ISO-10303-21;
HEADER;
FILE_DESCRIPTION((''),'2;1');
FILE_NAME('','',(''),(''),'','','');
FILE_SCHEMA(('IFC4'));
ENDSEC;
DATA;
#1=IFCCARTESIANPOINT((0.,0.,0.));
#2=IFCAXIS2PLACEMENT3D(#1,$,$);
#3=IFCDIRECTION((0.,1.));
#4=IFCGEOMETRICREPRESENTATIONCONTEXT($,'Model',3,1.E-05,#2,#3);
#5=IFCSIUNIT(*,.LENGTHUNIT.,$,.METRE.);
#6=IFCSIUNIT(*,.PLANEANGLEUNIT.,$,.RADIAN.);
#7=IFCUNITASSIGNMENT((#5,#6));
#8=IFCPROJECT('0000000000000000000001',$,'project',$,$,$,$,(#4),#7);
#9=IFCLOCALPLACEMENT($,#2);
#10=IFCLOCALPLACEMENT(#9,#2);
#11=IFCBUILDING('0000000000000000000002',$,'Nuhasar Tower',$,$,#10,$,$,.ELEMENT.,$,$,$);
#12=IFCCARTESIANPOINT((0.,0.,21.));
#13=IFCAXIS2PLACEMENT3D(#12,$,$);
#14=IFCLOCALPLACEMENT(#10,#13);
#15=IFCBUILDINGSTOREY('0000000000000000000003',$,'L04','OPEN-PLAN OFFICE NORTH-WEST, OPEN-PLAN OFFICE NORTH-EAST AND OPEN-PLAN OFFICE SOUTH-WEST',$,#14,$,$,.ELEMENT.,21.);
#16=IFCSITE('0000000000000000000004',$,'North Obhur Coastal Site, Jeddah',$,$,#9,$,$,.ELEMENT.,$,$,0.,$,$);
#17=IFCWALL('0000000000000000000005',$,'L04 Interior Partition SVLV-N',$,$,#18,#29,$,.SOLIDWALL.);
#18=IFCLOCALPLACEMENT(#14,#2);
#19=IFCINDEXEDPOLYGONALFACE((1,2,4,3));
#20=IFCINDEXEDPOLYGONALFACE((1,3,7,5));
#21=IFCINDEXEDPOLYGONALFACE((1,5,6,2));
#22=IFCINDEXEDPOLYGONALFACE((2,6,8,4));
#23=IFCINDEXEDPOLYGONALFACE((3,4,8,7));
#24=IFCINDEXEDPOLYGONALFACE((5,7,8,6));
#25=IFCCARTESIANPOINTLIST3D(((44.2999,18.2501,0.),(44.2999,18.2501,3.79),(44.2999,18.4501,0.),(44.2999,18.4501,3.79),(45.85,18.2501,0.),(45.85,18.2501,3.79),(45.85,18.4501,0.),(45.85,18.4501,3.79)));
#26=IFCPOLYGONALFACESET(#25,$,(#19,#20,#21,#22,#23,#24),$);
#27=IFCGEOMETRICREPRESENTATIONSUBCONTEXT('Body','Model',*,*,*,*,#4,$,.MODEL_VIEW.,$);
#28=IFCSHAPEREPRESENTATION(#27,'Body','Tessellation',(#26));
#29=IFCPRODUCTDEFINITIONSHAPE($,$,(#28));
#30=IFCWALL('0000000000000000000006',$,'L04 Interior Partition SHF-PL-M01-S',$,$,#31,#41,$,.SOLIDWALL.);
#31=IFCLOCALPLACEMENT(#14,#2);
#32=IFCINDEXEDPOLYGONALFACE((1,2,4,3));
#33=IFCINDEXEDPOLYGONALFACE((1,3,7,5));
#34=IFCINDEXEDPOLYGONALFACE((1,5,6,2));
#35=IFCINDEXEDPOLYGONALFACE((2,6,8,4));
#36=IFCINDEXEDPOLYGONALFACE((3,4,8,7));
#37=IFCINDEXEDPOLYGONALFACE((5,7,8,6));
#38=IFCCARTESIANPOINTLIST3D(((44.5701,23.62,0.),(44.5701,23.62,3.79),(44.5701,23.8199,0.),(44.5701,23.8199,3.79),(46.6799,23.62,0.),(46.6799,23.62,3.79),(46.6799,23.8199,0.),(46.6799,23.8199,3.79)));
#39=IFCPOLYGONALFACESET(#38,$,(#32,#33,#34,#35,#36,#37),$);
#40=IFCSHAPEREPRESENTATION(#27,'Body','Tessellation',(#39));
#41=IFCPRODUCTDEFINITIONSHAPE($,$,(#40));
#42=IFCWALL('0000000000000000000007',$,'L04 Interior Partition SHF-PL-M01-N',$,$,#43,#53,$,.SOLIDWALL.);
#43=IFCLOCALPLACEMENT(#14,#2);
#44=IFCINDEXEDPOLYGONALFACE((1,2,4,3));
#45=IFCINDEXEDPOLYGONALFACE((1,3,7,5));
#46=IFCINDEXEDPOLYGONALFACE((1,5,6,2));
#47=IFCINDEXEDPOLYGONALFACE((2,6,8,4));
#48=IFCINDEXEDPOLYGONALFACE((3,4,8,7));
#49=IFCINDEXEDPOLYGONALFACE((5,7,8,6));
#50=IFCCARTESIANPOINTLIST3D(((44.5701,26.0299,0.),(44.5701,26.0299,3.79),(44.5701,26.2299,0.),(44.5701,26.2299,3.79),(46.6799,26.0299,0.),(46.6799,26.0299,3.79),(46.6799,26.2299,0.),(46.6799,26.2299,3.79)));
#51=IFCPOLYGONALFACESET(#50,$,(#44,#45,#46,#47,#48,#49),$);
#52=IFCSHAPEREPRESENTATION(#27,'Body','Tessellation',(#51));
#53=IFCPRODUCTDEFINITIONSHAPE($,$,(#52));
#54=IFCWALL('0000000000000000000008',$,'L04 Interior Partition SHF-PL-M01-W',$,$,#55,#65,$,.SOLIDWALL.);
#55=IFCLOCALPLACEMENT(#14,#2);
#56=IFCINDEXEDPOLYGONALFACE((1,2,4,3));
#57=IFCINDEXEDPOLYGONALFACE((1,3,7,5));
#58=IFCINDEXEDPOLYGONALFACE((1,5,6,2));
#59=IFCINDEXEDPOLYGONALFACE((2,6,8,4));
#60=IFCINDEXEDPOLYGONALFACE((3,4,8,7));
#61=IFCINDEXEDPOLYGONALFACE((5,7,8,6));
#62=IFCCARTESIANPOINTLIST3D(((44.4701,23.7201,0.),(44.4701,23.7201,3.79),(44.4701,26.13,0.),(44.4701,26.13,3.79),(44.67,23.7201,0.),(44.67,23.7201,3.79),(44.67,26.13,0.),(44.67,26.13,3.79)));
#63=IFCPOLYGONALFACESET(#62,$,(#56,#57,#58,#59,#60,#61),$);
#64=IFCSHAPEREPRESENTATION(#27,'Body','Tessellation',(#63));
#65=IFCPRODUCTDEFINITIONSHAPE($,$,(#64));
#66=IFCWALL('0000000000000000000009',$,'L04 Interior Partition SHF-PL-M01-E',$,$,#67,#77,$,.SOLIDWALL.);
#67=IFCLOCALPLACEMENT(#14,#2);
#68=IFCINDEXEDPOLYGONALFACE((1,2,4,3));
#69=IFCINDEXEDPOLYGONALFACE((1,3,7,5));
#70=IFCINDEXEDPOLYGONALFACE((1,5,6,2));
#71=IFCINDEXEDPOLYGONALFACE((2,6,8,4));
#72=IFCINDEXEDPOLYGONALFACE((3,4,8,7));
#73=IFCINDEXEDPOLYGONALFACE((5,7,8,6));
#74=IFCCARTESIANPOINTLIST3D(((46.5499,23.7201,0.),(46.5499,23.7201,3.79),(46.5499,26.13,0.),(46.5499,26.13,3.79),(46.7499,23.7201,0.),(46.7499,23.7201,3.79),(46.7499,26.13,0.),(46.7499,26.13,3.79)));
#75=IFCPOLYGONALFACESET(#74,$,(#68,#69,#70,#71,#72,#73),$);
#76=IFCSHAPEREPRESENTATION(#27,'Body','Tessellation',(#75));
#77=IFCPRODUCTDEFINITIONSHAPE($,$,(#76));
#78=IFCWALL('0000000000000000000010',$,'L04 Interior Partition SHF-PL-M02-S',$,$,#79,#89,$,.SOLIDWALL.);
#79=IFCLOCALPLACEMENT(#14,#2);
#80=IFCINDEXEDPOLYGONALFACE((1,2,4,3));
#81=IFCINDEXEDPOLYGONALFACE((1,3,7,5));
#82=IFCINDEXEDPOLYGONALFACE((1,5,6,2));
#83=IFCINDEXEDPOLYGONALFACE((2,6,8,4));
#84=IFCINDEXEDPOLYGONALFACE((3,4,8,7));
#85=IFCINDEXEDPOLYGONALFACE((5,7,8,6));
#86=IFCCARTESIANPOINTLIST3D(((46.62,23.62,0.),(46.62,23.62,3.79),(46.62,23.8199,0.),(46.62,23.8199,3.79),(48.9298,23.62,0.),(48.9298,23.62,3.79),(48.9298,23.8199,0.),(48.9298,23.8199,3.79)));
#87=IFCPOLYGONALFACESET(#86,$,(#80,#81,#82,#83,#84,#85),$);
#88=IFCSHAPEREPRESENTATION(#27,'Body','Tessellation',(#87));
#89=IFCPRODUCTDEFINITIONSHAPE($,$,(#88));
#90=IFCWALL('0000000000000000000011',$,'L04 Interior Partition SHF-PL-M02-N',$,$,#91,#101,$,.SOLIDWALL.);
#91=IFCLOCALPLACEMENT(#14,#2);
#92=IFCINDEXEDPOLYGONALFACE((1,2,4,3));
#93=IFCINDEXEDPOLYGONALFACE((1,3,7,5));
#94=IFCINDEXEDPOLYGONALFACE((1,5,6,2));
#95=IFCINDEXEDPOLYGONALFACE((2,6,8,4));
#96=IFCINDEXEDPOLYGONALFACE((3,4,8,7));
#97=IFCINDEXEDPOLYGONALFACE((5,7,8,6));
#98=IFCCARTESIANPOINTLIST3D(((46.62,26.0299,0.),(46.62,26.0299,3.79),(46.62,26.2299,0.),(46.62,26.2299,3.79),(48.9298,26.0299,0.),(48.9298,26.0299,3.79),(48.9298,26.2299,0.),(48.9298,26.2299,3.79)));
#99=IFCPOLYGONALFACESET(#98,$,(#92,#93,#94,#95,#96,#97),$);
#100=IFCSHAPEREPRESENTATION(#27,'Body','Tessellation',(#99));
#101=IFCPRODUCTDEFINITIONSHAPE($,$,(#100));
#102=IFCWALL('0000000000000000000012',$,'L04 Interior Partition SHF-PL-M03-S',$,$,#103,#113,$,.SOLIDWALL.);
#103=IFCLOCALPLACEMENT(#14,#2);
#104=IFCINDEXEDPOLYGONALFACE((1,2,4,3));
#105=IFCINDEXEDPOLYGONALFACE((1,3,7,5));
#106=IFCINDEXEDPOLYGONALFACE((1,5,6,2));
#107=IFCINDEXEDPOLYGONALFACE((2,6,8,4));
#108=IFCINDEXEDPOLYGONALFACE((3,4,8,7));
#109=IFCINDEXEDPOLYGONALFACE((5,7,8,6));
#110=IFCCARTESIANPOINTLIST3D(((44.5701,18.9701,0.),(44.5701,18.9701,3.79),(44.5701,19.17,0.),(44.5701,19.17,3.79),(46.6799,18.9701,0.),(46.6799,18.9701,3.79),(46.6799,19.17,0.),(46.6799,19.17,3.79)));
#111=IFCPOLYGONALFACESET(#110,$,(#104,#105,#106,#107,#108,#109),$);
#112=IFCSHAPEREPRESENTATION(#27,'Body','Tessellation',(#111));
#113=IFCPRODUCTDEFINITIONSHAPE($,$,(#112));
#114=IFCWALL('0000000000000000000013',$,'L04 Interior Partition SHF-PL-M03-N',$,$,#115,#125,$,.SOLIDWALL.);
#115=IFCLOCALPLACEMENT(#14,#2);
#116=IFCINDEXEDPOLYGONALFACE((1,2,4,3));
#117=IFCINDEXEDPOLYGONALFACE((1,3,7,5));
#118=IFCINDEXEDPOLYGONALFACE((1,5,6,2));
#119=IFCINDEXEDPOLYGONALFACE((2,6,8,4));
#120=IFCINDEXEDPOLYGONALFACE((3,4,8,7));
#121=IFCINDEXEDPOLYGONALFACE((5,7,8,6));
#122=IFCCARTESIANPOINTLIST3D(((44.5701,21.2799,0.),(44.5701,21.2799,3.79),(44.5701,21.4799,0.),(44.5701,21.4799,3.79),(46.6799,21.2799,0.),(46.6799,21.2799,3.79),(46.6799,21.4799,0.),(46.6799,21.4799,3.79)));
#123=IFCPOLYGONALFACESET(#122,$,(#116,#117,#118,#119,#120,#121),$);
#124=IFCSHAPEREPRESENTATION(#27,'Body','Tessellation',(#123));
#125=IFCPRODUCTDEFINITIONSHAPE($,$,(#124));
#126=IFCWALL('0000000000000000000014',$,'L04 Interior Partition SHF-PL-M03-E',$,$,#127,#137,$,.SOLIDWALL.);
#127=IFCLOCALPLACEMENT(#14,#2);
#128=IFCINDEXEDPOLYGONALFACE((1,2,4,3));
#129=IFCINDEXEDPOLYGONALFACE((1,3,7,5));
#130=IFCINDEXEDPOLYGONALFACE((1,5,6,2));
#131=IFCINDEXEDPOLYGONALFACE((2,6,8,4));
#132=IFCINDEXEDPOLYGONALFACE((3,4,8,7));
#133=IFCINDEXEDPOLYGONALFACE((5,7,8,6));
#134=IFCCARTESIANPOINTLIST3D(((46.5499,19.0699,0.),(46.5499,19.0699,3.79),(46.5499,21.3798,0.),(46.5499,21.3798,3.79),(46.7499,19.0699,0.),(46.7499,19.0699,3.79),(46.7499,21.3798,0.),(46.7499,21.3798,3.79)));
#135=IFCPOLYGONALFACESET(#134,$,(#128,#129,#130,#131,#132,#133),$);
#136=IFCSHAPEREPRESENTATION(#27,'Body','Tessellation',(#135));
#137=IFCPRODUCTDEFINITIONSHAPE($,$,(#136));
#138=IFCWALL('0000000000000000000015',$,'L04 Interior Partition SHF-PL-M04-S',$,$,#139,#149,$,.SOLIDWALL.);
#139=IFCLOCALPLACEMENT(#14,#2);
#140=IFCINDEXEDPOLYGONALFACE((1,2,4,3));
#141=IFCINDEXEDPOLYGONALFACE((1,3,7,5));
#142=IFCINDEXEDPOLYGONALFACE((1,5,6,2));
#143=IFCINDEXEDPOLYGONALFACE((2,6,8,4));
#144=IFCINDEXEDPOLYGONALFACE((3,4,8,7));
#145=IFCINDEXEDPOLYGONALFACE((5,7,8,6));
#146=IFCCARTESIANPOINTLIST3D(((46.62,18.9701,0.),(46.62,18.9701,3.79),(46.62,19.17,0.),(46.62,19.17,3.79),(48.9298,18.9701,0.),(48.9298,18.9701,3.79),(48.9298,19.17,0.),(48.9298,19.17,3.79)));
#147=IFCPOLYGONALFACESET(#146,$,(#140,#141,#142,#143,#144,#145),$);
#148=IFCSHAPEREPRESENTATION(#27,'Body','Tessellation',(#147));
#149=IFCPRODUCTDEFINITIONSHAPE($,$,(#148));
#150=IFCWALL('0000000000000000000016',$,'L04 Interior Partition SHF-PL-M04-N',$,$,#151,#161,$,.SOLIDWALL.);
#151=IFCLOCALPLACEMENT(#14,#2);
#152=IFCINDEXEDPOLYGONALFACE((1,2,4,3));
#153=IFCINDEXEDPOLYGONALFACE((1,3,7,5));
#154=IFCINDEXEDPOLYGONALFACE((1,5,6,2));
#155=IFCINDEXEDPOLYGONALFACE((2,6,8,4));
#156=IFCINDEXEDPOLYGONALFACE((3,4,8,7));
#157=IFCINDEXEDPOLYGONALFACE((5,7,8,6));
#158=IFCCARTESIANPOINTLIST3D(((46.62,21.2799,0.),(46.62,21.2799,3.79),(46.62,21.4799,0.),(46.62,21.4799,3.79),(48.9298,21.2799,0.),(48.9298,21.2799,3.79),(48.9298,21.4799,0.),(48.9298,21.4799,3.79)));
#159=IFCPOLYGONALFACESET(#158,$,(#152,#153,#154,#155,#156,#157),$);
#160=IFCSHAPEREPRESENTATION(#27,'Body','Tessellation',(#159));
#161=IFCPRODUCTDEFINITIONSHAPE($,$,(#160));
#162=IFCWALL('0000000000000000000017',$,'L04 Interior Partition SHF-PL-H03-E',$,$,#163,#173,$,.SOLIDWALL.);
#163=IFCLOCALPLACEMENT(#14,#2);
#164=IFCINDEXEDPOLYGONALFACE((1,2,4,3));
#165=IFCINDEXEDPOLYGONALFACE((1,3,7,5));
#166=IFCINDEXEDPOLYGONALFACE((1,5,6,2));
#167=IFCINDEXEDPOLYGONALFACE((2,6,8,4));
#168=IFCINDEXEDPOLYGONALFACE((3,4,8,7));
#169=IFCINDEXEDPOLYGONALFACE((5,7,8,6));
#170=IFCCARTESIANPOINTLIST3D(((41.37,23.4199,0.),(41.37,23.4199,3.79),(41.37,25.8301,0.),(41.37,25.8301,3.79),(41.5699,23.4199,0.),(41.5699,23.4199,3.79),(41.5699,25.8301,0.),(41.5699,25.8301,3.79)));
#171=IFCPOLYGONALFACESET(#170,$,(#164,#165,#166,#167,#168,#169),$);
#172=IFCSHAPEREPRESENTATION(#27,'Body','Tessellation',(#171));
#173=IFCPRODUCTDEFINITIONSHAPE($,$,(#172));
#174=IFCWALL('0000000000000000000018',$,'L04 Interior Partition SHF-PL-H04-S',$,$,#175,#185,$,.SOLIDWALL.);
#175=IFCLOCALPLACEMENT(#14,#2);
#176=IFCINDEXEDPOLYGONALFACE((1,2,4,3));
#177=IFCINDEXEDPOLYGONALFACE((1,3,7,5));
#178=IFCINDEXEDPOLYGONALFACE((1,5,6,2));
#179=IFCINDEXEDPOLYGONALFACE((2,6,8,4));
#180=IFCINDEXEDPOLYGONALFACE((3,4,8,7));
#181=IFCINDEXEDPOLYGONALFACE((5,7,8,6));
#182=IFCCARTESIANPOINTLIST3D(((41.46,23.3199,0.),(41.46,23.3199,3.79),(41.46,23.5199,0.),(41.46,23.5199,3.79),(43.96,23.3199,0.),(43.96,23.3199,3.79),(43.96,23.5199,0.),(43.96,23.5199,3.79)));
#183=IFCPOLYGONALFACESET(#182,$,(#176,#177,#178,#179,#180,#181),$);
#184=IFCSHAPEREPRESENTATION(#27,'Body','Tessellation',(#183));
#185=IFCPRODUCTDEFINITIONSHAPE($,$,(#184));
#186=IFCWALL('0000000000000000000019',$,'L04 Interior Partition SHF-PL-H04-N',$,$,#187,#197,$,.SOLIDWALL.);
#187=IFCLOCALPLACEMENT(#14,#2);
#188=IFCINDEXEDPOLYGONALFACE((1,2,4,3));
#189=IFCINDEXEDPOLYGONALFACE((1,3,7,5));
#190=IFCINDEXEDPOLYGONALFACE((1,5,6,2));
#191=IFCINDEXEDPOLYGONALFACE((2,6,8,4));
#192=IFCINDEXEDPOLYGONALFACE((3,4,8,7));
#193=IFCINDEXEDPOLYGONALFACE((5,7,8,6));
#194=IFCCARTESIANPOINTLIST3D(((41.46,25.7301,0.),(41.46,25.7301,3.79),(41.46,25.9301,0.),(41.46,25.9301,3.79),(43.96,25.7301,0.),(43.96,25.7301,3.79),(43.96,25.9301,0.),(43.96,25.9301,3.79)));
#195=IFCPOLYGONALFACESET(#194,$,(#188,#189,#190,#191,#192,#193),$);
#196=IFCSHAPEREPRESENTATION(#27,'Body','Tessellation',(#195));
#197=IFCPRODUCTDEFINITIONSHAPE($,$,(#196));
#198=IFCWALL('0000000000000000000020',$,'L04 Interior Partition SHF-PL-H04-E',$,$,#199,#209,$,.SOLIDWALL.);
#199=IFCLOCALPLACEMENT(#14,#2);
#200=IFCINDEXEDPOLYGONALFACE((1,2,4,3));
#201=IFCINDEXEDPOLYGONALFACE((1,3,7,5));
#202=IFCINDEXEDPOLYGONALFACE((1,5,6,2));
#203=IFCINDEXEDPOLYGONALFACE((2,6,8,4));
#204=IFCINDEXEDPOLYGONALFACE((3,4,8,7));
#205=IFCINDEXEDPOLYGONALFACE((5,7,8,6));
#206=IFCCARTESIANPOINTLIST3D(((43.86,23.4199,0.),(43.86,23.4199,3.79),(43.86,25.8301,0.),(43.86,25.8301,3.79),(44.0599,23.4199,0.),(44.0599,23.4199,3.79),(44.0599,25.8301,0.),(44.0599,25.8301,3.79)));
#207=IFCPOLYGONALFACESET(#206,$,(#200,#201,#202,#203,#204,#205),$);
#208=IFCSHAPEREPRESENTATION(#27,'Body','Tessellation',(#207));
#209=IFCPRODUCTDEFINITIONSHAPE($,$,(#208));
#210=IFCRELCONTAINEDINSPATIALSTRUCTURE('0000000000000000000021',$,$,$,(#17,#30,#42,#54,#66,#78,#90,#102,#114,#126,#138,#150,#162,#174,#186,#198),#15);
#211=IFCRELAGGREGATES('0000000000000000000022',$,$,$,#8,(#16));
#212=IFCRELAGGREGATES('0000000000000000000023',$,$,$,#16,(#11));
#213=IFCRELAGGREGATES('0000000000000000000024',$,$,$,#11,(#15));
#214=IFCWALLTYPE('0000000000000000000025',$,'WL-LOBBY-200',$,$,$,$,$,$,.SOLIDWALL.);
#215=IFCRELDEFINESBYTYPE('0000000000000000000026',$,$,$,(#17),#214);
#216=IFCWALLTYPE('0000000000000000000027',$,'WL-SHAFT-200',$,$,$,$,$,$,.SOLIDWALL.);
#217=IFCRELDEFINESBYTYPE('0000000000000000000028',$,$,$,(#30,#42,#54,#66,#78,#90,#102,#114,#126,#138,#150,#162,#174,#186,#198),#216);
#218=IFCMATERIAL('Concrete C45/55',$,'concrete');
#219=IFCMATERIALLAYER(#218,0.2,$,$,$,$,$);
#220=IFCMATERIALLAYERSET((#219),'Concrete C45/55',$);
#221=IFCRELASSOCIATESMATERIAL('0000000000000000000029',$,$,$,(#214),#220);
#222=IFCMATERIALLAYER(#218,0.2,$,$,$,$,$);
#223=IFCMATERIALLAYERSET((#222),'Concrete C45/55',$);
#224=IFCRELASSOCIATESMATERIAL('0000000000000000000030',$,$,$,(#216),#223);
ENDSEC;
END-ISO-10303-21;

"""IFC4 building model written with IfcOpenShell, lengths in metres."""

from ifc_helpers import new_model, si_unit, direction, frame, frame_2d, origin, place, context, subcontext, project, spatial, rectangle, extrude, material, layer, layer_set, type_object, element, save


model = new_model("IFC4")

# Units and contexts
model_context = context("Model", 3, precision=1e-05, world=origin(), true_north=direction((0.0, 1.0)))
body_context = subcontext(model_context, "Body", "Model", "MODEL_VIEW")
ifc_project = project(units=[si_unit("LENGTHUNIT", "METRE"), si_unit("PLANEANGLEUNIT", "RADIAN")], contexts=[model_context])

# Site, building, storey
site_placement = place(None, origin())
site = spatial("IfcSite", under=ifc_project, at=site_placement, Name="North Obhur Coastal Site, Jeddah", CompositionType="ELEMENT", RefElevation=0.0)
building_placement = place(site_placement, origin())
building = spatial("IfcBuilding", under=site, at=building_placement, Name="Nuhasar Tower", CompositionType="ELEMENT")
storey_placement = place(building_placement, frame((0.0, 0.0, 21.0)))
storey = spatial("IfcBuildingStorey", under=building, at=storey_placement, Name="L04", Description="OPEN-PLAN OFFICE NORTH-WEST, OPEN-PLAN OFFICE NORTH-EAST AND OPEN-PLAN OFFICE SOUTH-WEST", CompositionType="ELEMENT", Elevation=21.0)

# Shared definitions
ifc_material_1 = material(Name="Concrete C45/55", Category="concrete")
ifc_layer_1 = layer(ifc_material_1, 0.2)
ifc_layer_set_1 = layer_set([ifc_layer_1], Name="Concrete C45/55")
wall_type_1 = type_object("IfcWallType", Name="WL-LOBBY-200", PredefinedType="SOLIDWALL", material=ifc_layer_set_1)

# Walls
wall_1_placement = place(storey_placement, frame((44.3, 18.3501, 0.0), z_axis=(0.0, 0.0, 1.0), x_axis=(1.0, 0.0, 0.0)))
element("IfcWall", 1, at=wall_1_placement, inside=storey, type_object=wall_type_1, Name="L04 Interior Partition SVLV-N", PredefinedType="SOLIDWALL", context=body_context, shape_type="SweptSolid", body=[
    extrude(rectangle(XDim=1.55, YDim=0.2, at=frame_2d((0.7749, 0.0))), origin(), (0.0, 0.0, 1.0), 3.79),
])
ifc_layer_2 = layer(ifc_material_1, 0.2)
ifc_layer_set_2 = layer_set([ifc_layer_2], Name="Concrete C45/55")
wall_type_2 = type_object("IfcWallType", Name="WL-SHAFT-200", PredefinedType="SOLIDWALL", material=ifc_layer_set_2)
for number, where, z_axis, x_axis, name in (
    (2, (44.5701, 23.72, 0.0), (0.0, 0.0, 1.0), (1.0, 0.0, 0.0), "L04 Interior Partition SHF-PL-M01-S"),
    (3, (44.5701, 26.1299, 0.0), (0.0, 0.0, 1.0), (1.0, 0.0, 0.0), "L04 Interior Partition SHF-PL-M01-N"),
):
    element("IfcWall", number, at=place(storey_placement, frame(where, z_axis=z_axis, x_axis=x_axis)), inside=storey, type_object=wall_type_2, Name=name, PredefinedType="SOLIDWALL", context=body_context, shape_type="SweptSolid", body=[
        extrude(rectangle(XDim=2.1099, YDim=0.2, at=frame_2d((1.0549, 0.0))), origin(), (0.0, 0.0, 1.0), 3.79),
    ])
for number, where, z_axis, x_axis, name in (
    (4, (44.5701, 23.72, 0.0), (0.0, 0.0, 1.0), (0.0, 1.0, 0.0), "L04 Interior Partition SHF-PL-M01-W"),
    (5, (46.6499, 23.72, 0.0), (0.0, 0.0, 1.0), (0.0, 1.0, 0.0), "L04 Interior Partition SHF-PL-M01-E"),
):
    element("IfcWall", number, at=place(storey_placement, frame(where, z_axis=z_axis, x_axis=x_axis)), inside=storey, type_object=wall_type_2, Name=name, PredefinedType="SOLIDWALL", context=body_context, shape_type="SweptSolid", body=[
        extrude(rectangle(XDim=2.4099, YDim=0.2, at=frame_2d((1.2051, 0.0))), origin(), (0.0, 0.0, 1.0), 3.79),
    ])
for number, where, z_axis, x_axis, name in (
    (6, (46.6201, 23.72, 0.0), (0.0, 0.0, 1.0), (1.0, 0.0, 0.0), "L04 Interior Partition SHF-PL-M02-S"),
    (7, (46.6201, 26.1299, 0.0), (0.0, 0.0, 1.0), (1.0, 0.0, 0.0), "L04 Interior Partition SHF-PL-M02-N"),
):
    element("IfcWall", number, at=place(storey_placement, frame(where, z_axis=z_axis, x_axis=x_axis)), inside=storey, type_object=wall_type_2, Name=name, PredefinedType="SOLIDWALL", context=body_context, shape_type="SweptSolid", body=[
        extrude(rectangle(XDim=2.3098, YDim=0.2, at=frame_2d((1.1548, 0.0))), origin(), (0.0, 0.0, 1.0), 3.79),
    ])
for number, where, z_axis, x_axis, name in (
    (8, (44.5701, 19.0701, 0.0), (0.0, 0.0, 1.0), (1.0, 0.0, 0.0), "L04 Interior Partition SHF-PL-M03-S"),
    (9, (44.5701, 21.3799, 0.0), (0.0, 0.0, 1.0), (1.0, 0.0, 0.0), "L04 Interior Partition SHF-PL-M03-N"),
):
    element("IfcWall", number, at=place(storey_placement, frame(where, z_axis=z_axis, x_axis=x_axis)), inside=storey, type_object=wall_type_2, Name=name, PredefinedType="SOLIDWALL", context=body_context, shape_type="SweptSolid", body=[
        extrude(rectangle(XDim=2.1099, YDim=0.2, at=frame_2d((1.0549, 0.0))), origin(), (0.0, 0.0, 1.0), 3.79),
    ])
for number, where, z_axis, x_axis, name in (
    (10, (46.6499, 19.0701, 0.0), (0.0, 0.0, 1.0), (0.0, 1.0, 0.0), "L04 Interior Partition SHF-PL-M03-E"),
    (11, (46.6201, 19.0701, 0.0), (0.0, 0.0, 1.0), (1.0, 0.0, 0.0), "L04 Interior Partition SHF-PL-M04-S"),
    (12, (46.6201, 21.3799, 0.0), (0.0, 0.0, 1.0), (1.0, 0.0, 0.0), "L04 Interior Partition SHF-PL-M04-N"),
):
    element("IfcWall", number, at=place(storey_placement, frame(where, z_axis=z_axis, x_axis=x_axis)), inside=storey, type_object=wall_type_2, Name=name, PredefinedType="SOLIDWALL", context=body_context, shape_type="SweptSolid", body=[
        extrude(rectangle(XDim=2.3098, YDim=0.2, at=frame_2d((1.1548, 0.0))), origin(), (0.0, 0.0, 1.0), 3.79),
    ])
wall_2_placement = place(storey_placement, frame((41.47, 23.4199, 0.0), z_axis=(0.0, 0.0, 1.0), x_axis=(0.0, 1.0, 0.0)))
element("IfcWall", 13, at=wall_2_placement, inside=storey, type_object=wall_type_2, Name="L04 Interior Partition SHF-PL-H03-E", PredefinedType="SOLIDWALL", context=body_context, shape_type="SweptSolid", body=[
    extrude(rectangle(XDim=2.4102, YDim=0.2, at=frame_2d((1.2051, 0.0))), origin(), (0.0, 0.0, 1.0), 3.79),
])
for number, where, z_axis, x_axis, name in (
    (14, (41.46, 23.4199, 0.0), (0.0, 0.0, 1.0), (1.0, 0.0, 0.0), "L04 Interior Partition SHF-PL-H04-S"),
    (15, (41.46, 25.8301, 0.0), (0.0, 0.0, 1.0), (1.0, 0.0, 0.0), "L04 Interior Partition SHF-PL-H04-N"),
):
    element("IfcWall", number, at=place(storey_placement, frame(where, z_axis=z_axis, x_axis=x_axis)), inside=storey, type_object=wall_type_2, Name=name, PredefinedType="SOLIDWALL", context=body_context, shape_type="SweptSolid", body=[
        extrude(rectangle(XDim=2.5, YDim=0.2, at=frame_2d((1.25, 0.0))), origin(), (0.0, 0.0, 1.0), 3.79),
    ])
wall_3_placement = place(storey_placement, frame((43.96, 23.4199, 0.0), z_axis=(0.0, 0.0, 1.0), x_axis=(0.0, 1.0, 0.0)))
element("IfcWall", 16, at=wall_3_placement, inside=storey, type_object=wall_type_2, Name="L04 Interior Partition SHF-PL-H04-E", PredefinedType="SOLIDWALL", context=body_context, shape_type="SweptSolid", body=[
    extrude(rectangle(XDim=2.4102, YDim=0.2, at=frame_2d((1.2051, 0.0))), origin(), (0.0, 0.0, 1.0), 3.79),
])

save(model, "model.ifc")
